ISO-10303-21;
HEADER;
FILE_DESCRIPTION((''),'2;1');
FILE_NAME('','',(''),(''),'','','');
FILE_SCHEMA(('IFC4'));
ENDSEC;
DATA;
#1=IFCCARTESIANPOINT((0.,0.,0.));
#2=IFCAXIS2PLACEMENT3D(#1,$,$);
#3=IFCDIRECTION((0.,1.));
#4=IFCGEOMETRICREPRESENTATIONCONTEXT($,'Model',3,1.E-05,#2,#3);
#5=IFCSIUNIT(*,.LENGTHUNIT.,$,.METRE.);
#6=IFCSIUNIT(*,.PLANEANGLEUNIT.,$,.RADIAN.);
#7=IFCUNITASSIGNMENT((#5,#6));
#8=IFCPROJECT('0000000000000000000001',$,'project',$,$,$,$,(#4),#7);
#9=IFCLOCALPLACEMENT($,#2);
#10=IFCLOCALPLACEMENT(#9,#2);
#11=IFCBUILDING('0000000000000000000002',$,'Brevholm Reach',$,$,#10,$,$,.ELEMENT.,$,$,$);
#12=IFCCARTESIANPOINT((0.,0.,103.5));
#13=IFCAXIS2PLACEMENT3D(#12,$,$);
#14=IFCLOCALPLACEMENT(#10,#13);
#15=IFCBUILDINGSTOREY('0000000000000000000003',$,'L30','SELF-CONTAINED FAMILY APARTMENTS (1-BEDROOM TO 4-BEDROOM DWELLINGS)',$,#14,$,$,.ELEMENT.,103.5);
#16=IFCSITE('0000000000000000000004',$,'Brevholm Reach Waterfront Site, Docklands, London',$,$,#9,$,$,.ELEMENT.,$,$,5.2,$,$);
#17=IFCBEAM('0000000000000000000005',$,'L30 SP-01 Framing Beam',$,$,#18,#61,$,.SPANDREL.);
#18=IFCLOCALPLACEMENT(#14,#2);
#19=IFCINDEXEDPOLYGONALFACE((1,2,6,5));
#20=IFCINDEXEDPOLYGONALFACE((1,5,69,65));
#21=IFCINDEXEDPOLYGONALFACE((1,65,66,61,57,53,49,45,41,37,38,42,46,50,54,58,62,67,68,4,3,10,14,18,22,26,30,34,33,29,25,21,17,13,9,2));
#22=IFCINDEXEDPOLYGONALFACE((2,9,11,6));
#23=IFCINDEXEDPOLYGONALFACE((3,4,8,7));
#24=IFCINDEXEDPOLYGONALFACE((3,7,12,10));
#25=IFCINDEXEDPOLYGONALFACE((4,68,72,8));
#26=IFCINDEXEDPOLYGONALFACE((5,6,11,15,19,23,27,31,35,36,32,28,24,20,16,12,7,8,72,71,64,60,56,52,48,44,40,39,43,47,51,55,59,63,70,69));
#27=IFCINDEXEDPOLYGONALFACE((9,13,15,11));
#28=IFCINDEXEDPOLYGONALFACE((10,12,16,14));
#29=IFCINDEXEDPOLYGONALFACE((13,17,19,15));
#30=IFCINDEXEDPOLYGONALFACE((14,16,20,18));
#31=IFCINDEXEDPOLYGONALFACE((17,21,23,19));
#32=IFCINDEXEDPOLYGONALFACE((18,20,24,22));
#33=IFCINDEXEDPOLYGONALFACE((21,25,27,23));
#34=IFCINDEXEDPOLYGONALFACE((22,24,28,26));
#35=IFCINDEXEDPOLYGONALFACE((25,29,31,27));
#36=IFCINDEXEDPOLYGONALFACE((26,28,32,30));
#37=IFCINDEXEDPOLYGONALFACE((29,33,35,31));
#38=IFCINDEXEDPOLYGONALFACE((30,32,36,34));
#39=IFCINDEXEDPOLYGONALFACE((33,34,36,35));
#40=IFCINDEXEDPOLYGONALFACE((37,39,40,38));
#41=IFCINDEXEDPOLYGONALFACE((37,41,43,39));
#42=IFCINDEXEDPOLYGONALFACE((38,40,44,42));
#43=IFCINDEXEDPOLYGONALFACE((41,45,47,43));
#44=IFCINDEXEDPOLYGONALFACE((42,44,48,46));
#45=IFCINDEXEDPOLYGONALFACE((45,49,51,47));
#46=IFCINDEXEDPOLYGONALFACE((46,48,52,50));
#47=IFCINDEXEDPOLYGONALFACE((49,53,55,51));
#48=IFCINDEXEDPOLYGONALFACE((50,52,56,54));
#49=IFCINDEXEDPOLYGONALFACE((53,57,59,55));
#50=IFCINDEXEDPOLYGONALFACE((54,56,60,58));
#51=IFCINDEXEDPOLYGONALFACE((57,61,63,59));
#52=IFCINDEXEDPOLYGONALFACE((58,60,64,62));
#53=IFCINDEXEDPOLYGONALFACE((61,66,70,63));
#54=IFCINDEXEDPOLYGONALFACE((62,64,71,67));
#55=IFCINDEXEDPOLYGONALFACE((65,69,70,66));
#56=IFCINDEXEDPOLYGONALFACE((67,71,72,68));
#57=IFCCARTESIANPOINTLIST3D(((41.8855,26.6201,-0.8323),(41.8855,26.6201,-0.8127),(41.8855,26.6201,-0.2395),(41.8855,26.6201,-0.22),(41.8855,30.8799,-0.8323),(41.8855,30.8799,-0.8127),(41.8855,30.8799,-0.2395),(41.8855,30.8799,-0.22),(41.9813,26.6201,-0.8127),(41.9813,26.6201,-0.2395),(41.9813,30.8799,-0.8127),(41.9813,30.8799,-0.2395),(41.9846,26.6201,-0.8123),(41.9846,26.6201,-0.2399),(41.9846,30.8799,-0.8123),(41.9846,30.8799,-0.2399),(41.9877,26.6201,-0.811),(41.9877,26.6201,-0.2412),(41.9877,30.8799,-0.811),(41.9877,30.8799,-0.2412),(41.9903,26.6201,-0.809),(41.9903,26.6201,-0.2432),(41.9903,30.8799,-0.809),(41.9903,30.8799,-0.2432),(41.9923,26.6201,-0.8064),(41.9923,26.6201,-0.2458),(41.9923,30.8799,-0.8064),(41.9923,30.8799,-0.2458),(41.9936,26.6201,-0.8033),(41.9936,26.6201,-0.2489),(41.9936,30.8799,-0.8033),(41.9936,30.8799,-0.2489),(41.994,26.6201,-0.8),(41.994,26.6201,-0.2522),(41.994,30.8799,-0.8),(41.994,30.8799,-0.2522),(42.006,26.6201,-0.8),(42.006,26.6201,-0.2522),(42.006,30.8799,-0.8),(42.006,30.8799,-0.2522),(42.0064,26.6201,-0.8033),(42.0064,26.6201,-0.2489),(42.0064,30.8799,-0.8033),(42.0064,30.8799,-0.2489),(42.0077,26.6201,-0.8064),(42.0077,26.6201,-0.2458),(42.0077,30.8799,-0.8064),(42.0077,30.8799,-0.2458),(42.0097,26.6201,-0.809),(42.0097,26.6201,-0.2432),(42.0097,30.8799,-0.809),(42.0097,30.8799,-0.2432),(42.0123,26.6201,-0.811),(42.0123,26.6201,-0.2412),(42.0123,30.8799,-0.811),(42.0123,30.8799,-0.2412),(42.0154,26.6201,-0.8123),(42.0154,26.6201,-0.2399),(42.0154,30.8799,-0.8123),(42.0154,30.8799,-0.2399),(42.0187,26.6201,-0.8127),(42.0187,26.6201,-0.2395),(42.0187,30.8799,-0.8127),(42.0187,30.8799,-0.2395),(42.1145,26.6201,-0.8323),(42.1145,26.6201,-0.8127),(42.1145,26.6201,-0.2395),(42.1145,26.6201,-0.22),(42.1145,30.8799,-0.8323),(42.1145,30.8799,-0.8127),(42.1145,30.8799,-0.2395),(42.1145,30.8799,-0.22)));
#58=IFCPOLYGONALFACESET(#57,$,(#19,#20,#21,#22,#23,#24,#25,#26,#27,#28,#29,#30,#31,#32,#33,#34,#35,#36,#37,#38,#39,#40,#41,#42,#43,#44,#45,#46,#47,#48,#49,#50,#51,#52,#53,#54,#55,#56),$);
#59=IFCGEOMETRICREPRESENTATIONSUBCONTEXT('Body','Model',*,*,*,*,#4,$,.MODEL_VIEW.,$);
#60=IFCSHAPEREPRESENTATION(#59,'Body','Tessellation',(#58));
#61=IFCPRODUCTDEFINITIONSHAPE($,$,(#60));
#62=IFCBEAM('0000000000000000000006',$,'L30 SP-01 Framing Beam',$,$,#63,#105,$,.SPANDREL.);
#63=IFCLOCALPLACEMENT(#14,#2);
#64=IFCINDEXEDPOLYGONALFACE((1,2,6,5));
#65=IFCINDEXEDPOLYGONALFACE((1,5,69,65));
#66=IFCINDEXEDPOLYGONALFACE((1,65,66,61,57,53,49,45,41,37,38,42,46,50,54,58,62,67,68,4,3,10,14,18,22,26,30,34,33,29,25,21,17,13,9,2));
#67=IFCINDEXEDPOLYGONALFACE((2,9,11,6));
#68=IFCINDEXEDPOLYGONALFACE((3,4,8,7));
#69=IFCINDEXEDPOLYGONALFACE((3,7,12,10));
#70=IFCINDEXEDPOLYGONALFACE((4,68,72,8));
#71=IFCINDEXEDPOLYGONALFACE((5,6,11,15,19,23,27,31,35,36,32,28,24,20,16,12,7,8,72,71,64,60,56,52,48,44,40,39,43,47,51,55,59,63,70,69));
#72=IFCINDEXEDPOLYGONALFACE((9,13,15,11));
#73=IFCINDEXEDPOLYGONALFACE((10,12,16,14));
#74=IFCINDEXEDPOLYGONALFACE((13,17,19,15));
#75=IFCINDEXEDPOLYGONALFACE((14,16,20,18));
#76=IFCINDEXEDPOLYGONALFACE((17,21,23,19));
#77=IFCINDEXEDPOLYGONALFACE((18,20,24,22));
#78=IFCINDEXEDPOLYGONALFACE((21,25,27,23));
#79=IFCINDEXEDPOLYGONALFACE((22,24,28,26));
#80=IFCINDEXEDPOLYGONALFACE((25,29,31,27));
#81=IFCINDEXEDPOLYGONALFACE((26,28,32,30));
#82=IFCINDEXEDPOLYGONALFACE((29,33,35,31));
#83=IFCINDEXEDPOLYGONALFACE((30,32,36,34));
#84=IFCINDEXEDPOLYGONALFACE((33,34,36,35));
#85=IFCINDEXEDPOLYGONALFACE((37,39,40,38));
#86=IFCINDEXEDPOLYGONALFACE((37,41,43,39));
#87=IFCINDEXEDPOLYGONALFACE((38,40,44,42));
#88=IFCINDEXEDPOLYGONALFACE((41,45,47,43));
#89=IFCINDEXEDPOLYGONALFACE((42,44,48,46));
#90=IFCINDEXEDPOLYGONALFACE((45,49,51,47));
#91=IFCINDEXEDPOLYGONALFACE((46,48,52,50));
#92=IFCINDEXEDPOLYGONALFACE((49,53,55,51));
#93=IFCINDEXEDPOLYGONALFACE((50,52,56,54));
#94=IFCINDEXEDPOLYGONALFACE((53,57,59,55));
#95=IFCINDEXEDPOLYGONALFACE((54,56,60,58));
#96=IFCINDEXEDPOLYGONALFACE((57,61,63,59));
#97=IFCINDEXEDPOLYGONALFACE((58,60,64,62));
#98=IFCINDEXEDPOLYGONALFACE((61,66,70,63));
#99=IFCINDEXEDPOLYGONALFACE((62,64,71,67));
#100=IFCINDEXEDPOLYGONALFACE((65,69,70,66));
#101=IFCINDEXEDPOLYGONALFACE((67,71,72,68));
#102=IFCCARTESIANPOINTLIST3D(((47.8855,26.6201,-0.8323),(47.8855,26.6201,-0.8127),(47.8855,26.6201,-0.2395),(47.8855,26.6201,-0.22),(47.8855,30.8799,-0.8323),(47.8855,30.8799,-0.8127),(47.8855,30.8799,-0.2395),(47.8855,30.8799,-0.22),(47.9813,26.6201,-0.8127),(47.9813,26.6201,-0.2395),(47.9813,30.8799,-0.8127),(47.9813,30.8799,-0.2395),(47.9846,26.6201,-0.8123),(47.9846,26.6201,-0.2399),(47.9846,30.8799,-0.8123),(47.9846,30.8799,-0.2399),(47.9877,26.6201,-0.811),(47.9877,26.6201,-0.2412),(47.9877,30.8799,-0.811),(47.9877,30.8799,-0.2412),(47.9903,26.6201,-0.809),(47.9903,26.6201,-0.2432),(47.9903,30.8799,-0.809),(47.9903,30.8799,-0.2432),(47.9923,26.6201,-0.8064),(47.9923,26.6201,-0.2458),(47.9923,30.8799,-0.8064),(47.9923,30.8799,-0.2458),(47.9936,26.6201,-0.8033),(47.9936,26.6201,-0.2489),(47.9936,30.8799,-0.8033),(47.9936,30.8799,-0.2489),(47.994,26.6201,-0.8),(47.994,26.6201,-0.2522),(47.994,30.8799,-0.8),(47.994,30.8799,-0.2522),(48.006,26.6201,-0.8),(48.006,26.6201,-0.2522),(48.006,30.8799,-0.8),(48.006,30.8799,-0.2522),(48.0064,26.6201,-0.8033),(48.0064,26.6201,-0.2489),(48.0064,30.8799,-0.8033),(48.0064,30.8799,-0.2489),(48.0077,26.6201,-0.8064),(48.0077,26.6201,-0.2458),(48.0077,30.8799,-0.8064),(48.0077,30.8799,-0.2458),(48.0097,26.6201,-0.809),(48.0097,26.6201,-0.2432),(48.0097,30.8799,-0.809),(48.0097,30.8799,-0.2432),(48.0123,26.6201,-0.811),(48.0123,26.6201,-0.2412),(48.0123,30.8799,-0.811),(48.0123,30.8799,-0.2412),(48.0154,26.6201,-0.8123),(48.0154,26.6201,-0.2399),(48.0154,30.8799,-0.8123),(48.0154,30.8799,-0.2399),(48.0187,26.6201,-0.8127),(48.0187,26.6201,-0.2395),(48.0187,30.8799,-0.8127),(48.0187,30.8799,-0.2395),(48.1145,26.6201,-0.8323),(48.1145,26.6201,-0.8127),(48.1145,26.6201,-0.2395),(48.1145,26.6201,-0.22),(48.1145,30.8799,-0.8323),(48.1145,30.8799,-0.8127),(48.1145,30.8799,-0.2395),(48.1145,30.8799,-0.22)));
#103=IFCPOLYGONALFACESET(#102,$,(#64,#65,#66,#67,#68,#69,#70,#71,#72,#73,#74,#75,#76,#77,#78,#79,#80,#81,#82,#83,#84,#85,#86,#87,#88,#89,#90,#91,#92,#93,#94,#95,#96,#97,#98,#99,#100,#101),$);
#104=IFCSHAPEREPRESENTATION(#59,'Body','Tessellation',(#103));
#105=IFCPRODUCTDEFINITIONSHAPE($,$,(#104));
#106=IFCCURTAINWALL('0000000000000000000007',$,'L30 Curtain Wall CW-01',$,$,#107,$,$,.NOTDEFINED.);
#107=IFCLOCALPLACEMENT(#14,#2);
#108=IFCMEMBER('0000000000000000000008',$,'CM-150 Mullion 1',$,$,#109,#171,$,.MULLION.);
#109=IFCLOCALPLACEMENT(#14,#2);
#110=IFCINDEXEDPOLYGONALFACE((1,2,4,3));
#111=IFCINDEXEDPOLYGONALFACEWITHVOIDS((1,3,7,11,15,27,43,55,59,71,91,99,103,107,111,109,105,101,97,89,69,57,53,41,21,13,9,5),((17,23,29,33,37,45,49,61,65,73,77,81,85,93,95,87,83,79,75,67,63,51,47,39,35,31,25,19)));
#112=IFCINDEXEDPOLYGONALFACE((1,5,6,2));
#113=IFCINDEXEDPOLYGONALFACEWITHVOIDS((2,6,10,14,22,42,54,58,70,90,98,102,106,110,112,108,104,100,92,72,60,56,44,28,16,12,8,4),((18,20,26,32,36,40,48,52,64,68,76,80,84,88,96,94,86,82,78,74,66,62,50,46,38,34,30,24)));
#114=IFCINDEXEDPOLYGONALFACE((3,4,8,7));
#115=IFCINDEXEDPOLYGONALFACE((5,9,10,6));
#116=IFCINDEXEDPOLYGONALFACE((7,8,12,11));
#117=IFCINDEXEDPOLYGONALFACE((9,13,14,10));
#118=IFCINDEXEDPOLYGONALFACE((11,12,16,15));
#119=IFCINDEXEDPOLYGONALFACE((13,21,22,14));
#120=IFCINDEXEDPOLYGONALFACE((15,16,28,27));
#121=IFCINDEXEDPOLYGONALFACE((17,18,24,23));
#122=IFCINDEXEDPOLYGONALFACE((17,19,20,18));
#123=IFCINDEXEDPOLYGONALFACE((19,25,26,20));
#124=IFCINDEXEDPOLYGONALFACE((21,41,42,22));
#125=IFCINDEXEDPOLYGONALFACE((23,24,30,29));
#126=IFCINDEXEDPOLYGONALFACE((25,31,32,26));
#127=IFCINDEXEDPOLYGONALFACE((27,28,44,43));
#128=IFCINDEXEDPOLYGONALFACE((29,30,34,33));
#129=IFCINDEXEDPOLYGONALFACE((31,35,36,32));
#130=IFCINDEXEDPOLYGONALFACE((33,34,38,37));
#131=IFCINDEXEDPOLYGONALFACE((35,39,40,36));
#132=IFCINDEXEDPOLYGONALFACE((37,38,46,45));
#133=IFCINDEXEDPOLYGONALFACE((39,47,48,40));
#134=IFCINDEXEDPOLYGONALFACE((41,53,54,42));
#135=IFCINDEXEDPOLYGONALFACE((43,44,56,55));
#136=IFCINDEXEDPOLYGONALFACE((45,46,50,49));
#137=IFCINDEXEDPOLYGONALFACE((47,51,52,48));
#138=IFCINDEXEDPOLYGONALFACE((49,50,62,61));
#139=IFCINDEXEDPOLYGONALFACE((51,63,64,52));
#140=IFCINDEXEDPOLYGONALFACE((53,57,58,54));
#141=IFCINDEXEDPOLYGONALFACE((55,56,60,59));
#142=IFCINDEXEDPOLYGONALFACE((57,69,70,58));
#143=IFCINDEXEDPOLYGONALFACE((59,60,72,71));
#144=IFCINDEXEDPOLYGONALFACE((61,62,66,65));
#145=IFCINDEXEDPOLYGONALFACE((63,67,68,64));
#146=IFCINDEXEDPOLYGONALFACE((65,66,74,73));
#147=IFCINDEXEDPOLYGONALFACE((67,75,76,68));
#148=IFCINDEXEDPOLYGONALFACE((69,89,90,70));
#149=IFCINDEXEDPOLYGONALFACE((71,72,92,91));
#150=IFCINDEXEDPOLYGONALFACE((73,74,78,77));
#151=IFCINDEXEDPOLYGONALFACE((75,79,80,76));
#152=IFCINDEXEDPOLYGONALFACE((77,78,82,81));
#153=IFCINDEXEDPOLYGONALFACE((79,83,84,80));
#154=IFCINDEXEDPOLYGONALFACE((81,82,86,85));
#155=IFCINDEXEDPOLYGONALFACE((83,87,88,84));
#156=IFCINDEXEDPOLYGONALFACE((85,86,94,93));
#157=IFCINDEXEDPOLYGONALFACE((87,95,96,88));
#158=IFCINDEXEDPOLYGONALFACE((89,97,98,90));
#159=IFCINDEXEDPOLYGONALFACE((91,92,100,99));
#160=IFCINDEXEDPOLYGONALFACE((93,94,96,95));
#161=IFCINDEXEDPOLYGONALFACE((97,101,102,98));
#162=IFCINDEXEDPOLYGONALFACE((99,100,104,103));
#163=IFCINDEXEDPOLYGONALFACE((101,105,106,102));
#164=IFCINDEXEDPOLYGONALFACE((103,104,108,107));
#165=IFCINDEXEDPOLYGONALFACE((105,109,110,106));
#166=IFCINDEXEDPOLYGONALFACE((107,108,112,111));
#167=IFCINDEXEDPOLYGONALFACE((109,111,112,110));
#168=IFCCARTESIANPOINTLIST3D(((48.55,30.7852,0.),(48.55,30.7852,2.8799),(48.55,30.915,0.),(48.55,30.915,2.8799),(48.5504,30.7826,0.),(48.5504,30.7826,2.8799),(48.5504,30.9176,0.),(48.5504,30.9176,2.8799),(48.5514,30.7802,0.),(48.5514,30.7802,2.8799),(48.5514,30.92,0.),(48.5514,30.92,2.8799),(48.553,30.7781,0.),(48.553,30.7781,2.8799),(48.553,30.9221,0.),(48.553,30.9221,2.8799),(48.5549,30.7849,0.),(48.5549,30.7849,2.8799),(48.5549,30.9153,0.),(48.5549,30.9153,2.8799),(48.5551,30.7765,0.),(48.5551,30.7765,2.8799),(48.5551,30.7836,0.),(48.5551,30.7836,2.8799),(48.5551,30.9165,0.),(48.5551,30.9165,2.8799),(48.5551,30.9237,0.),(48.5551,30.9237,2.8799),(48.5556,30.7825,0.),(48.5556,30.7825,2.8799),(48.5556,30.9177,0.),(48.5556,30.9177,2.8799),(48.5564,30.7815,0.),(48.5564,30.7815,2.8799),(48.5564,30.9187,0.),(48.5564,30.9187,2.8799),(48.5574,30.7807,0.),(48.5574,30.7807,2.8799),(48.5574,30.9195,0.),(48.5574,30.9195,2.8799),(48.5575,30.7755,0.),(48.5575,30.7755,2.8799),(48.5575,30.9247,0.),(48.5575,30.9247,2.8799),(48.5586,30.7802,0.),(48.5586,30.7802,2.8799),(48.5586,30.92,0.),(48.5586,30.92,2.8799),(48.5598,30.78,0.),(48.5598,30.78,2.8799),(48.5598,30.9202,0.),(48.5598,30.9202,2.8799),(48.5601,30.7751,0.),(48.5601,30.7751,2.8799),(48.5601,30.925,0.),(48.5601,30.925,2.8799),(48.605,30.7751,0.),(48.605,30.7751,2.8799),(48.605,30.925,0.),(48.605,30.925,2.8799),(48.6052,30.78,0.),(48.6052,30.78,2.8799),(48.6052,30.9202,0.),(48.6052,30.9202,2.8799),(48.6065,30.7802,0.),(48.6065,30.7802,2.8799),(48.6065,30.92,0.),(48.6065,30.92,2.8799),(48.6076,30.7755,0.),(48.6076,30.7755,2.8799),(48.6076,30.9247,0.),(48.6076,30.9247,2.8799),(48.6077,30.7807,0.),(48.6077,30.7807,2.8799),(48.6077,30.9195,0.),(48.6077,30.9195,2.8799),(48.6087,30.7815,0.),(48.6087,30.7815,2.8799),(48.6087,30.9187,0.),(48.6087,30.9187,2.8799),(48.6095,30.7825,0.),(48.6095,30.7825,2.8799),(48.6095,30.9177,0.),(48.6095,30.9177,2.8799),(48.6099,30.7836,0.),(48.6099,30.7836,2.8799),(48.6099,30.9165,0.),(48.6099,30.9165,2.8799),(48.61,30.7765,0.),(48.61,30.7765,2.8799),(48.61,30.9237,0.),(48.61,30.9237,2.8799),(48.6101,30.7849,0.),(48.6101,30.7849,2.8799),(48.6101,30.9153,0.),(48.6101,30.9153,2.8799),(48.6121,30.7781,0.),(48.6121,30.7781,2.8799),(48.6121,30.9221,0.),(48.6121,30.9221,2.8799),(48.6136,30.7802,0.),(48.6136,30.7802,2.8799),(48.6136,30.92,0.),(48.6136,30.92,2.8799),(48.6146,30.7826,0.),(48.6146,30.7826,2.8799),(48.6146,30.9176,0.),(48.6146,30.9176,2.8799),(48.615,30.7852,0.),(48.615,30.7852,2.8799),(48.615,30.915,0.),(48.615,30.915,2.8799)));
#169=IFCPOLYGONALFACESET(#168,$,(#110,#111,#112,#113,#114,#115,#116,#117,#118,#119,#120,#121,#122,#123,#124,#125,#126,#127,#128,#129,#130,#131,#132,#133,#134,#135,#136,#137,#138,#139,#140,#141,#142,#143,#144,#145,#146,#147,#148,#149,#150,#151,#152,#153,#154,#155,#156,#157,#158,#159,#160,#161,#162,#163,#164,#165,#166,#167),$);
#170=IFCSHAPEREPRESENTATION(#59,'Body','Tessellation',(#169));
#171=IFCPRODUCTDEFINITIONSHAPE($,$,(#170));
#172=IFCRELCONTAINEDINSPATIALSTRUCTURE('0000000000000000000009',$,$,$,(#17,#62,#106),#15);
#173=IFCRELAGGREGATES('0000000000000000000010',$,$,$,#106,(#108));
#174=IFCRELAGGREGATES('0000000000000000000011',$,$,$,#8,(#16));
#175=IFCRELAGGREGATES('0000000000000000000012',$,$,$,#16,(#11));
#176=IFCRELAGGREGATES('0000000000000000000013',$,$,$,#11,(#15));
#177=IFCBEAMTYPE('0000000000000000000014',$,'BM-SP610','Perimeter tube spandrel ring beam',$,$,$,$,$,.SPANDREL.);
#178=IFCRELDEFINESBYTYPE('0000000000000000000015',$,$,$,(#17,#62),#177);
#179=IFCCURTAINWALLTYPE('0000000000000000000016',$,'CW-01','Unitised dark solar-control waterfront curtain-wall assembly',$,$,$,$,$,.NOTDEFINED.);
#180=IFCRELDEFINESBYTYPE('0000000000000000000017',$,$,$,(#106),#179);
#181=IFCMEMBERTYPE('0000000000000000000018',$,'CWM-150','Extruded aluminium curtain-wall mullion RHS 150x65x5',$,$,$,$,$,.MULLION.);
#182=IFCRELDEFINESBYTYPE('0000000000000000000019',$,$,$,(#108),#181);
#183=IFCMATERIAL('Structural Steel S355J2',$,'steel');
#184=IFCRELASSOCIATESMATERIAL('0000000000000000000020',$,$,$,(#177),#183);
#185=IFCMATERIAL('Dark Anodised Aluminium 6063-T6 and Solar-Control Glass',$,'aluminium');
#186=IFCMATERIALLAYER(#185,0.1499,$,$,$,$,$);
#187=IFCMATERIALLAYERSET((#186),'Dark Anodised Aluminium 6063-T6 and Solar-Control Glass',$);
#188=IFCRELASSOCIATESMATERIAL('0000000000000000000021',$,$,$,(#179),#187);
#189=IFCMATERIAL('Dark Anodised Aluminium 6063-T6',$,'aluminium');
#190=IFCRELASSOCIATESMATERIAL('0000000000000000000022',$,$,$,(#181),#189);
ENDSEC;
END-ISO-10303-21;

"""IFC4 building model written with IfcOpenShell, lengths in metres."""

from ifc_helpers import new_model, si_unit, direction, frame, origin, origin_2d, place, context, subcontext, project, spatial, hollow_rectangle, i_section, extrude, material, layer, layer_set, material_profile, profile_set, type_object, element, aggregate, save


model = new_model("IFC4")

# Units and contexts
model_context = context("Model", 3, precision=1e-05, world=origin(), true_north=direction((0.0, 1.0)))
body_context = subcontext(model_context, "Body", "Model", "MODEL_VIEW")
ifc_project = project(units=[si_unit("LENGTHUNIT", "METRE"), si_unit("PLANEANGLEUNIT", "RADIAN")], contexts=[model_context])

# Site, building, storey
site_placement = place(None, origin())
site = spatial("IfcSite", under=ifc_project, at=site_placement, Name="Brevholm Reach Waterfront Site, Docklands, London", CompositionType="ELEMENT", RefElevation=5.2)
building_placement = place(site_placement, origin())
building = spatial("IfcBuilding", under=site, at=building_placement, Name="Brevholm Reach", CompositionType="ELEMENT")
storey_placement = place(building_placement, frame((0.0, 0.0, 103.5)))
storey = spatial("IfcBuildingStorey", under=building, at=storey_placement, Name="L30", Description="SELF-CONTAINED FAMILY APARTMENTS (1-BEDROOM TO 4-BEDROOM DWELLINGS)", CompositionType="ELEMENT", Elevation=103.5)

# Beams
ifc_material_1 = material(Name="Structural Steel S355J2", Category="steel")
ifc_material_profile_1 = material_profile(ifc_material_1, i_section(OverallWidth=0.229, OverallDepth=0.6123, WebThickness=0.012, FlangeThickness=0.0195, FilletRadius=0.0127, at=origin_2d()), Name="UKB 610x229x125")
ifc_profile_set_1 = profile_set([ifc_material_profile_1], Name="Structural Steel S355J2")
beam_type_1 = type_object("IfcBeamType", Name="BM-SP610", Description="Perimeter tube spandrel ring beam", PredefinedType="SPANDREL", material=ifc_profile_set_1)
for number, where, z_axis, x_axis, name in (
    (1, (42.0, 26.6201, -0.5261), (0.0, 1.0, 0.0), (-1.0, 0.0, 0.0), "L30 SP-01 Framing Beam"),
    (2, (48.0, 26.6201, -0.5261), (0.0, 1.0, 0.0), (-1.0, 0.0, 0.0), "L30 SP-01 Framing Beam"),
):
    element("IfcBeam", number, at=place(storey_placement, frame(where, z_axis=z_axis, x_axis=x_axis)), inside=storey, type_object=beam_type_1, Name=name, PredefinedType="SPANDREL", context=body_context, shape_type="SweptSolid", body=[
        extrude(i_section(OverallWidth=0.229, OverallDepth=0.6123, WebThickness=0.012, FlangeThickness=0.0195, FilletRadius=0.0127, at=origin_2d()), origin(), (0.0, 0.0, 1.0), 4.2598),
    ])

# Curtain wall, member
ifc_material_2 = material(Name="Dark Anodised Aluminium 6063-T6 and Solar-Control Glass", Category="aluminium")
ifc_layer_1 = layer(ifc_material_2, 0.1499)
ifc_layer_set_1 = layer_set([ifc_layer_1], Name="Dark Anodised Aluminium 6063-T6 and Solar-Control Glass")
curtain_wall_type = type_object("IfcCurtainWallType", Name="CW-01", Description="Unitised dark solar-control waterfront curtain-wall assembly", PredefinedType="NOTDEFINED", material=ifc_layer_set_1)
curtain_wall_placement = place(storey_placement, origin())
curtain_wall = element("IfcCurtainWall", 3, at=curtain_wall_placement, inside=storey, type_object=curtain_wall_type, Name="L30 Curtain Wall CW-01", PredefinedType="NOTDEFINED")
ifc_material_3 = material(Name="Dark Anodised Aluminium 6063-T6", Category="aluminium")
ifc_material_profile_2 = material_profile(ifc_material_3, hollow_rectangle(XDim=0.0649, YDim=0.1499, WallThickness=0.0049, InnerFilletRadius=0.0049, OuterFilletRadius=0.01, at=origin_2d()), Name="RHS 150x65x5")
ifc_profile_set_2 = profile_set([ifc_material_profile_2], Name="Dark Anodised Aluminium 6063-T6")
member_type_1 = type_object("IfcMemberType", Name="CWM-150", Description="Extruded aluminium curtain-wall mullion RHS 150x65x5", PredefinedType="MULLION", material=ifc_profile_set_2)
member_1_placement = place(storey_placement, frame((48.5825, 30.8501, 0.0), z_axis=(0.0, 0.0, 1.0), x_axis=(1.0, 0.0, 0.0)))
member_1 = element("IfcMember", 4, at=member_1_placement, type_object=member_type_1, Name="CM-150 Mullion 1", PredefinedType="MULLION", context=body_context, shape_type="SweptSolid", body=[
    extrude(hollow_rectangle(XDim=0.0649, YDim=0.1499, WallThickness=0.0049, InnerFilletRadius=0.0049, OuterFilletRadius=0.01, at=origin_2d()), origin(), (0.0, 0.0, 1.0), 2.8799),
])
aggregate(curtain_wall, [member_1])

save(model, "model.ifc")
